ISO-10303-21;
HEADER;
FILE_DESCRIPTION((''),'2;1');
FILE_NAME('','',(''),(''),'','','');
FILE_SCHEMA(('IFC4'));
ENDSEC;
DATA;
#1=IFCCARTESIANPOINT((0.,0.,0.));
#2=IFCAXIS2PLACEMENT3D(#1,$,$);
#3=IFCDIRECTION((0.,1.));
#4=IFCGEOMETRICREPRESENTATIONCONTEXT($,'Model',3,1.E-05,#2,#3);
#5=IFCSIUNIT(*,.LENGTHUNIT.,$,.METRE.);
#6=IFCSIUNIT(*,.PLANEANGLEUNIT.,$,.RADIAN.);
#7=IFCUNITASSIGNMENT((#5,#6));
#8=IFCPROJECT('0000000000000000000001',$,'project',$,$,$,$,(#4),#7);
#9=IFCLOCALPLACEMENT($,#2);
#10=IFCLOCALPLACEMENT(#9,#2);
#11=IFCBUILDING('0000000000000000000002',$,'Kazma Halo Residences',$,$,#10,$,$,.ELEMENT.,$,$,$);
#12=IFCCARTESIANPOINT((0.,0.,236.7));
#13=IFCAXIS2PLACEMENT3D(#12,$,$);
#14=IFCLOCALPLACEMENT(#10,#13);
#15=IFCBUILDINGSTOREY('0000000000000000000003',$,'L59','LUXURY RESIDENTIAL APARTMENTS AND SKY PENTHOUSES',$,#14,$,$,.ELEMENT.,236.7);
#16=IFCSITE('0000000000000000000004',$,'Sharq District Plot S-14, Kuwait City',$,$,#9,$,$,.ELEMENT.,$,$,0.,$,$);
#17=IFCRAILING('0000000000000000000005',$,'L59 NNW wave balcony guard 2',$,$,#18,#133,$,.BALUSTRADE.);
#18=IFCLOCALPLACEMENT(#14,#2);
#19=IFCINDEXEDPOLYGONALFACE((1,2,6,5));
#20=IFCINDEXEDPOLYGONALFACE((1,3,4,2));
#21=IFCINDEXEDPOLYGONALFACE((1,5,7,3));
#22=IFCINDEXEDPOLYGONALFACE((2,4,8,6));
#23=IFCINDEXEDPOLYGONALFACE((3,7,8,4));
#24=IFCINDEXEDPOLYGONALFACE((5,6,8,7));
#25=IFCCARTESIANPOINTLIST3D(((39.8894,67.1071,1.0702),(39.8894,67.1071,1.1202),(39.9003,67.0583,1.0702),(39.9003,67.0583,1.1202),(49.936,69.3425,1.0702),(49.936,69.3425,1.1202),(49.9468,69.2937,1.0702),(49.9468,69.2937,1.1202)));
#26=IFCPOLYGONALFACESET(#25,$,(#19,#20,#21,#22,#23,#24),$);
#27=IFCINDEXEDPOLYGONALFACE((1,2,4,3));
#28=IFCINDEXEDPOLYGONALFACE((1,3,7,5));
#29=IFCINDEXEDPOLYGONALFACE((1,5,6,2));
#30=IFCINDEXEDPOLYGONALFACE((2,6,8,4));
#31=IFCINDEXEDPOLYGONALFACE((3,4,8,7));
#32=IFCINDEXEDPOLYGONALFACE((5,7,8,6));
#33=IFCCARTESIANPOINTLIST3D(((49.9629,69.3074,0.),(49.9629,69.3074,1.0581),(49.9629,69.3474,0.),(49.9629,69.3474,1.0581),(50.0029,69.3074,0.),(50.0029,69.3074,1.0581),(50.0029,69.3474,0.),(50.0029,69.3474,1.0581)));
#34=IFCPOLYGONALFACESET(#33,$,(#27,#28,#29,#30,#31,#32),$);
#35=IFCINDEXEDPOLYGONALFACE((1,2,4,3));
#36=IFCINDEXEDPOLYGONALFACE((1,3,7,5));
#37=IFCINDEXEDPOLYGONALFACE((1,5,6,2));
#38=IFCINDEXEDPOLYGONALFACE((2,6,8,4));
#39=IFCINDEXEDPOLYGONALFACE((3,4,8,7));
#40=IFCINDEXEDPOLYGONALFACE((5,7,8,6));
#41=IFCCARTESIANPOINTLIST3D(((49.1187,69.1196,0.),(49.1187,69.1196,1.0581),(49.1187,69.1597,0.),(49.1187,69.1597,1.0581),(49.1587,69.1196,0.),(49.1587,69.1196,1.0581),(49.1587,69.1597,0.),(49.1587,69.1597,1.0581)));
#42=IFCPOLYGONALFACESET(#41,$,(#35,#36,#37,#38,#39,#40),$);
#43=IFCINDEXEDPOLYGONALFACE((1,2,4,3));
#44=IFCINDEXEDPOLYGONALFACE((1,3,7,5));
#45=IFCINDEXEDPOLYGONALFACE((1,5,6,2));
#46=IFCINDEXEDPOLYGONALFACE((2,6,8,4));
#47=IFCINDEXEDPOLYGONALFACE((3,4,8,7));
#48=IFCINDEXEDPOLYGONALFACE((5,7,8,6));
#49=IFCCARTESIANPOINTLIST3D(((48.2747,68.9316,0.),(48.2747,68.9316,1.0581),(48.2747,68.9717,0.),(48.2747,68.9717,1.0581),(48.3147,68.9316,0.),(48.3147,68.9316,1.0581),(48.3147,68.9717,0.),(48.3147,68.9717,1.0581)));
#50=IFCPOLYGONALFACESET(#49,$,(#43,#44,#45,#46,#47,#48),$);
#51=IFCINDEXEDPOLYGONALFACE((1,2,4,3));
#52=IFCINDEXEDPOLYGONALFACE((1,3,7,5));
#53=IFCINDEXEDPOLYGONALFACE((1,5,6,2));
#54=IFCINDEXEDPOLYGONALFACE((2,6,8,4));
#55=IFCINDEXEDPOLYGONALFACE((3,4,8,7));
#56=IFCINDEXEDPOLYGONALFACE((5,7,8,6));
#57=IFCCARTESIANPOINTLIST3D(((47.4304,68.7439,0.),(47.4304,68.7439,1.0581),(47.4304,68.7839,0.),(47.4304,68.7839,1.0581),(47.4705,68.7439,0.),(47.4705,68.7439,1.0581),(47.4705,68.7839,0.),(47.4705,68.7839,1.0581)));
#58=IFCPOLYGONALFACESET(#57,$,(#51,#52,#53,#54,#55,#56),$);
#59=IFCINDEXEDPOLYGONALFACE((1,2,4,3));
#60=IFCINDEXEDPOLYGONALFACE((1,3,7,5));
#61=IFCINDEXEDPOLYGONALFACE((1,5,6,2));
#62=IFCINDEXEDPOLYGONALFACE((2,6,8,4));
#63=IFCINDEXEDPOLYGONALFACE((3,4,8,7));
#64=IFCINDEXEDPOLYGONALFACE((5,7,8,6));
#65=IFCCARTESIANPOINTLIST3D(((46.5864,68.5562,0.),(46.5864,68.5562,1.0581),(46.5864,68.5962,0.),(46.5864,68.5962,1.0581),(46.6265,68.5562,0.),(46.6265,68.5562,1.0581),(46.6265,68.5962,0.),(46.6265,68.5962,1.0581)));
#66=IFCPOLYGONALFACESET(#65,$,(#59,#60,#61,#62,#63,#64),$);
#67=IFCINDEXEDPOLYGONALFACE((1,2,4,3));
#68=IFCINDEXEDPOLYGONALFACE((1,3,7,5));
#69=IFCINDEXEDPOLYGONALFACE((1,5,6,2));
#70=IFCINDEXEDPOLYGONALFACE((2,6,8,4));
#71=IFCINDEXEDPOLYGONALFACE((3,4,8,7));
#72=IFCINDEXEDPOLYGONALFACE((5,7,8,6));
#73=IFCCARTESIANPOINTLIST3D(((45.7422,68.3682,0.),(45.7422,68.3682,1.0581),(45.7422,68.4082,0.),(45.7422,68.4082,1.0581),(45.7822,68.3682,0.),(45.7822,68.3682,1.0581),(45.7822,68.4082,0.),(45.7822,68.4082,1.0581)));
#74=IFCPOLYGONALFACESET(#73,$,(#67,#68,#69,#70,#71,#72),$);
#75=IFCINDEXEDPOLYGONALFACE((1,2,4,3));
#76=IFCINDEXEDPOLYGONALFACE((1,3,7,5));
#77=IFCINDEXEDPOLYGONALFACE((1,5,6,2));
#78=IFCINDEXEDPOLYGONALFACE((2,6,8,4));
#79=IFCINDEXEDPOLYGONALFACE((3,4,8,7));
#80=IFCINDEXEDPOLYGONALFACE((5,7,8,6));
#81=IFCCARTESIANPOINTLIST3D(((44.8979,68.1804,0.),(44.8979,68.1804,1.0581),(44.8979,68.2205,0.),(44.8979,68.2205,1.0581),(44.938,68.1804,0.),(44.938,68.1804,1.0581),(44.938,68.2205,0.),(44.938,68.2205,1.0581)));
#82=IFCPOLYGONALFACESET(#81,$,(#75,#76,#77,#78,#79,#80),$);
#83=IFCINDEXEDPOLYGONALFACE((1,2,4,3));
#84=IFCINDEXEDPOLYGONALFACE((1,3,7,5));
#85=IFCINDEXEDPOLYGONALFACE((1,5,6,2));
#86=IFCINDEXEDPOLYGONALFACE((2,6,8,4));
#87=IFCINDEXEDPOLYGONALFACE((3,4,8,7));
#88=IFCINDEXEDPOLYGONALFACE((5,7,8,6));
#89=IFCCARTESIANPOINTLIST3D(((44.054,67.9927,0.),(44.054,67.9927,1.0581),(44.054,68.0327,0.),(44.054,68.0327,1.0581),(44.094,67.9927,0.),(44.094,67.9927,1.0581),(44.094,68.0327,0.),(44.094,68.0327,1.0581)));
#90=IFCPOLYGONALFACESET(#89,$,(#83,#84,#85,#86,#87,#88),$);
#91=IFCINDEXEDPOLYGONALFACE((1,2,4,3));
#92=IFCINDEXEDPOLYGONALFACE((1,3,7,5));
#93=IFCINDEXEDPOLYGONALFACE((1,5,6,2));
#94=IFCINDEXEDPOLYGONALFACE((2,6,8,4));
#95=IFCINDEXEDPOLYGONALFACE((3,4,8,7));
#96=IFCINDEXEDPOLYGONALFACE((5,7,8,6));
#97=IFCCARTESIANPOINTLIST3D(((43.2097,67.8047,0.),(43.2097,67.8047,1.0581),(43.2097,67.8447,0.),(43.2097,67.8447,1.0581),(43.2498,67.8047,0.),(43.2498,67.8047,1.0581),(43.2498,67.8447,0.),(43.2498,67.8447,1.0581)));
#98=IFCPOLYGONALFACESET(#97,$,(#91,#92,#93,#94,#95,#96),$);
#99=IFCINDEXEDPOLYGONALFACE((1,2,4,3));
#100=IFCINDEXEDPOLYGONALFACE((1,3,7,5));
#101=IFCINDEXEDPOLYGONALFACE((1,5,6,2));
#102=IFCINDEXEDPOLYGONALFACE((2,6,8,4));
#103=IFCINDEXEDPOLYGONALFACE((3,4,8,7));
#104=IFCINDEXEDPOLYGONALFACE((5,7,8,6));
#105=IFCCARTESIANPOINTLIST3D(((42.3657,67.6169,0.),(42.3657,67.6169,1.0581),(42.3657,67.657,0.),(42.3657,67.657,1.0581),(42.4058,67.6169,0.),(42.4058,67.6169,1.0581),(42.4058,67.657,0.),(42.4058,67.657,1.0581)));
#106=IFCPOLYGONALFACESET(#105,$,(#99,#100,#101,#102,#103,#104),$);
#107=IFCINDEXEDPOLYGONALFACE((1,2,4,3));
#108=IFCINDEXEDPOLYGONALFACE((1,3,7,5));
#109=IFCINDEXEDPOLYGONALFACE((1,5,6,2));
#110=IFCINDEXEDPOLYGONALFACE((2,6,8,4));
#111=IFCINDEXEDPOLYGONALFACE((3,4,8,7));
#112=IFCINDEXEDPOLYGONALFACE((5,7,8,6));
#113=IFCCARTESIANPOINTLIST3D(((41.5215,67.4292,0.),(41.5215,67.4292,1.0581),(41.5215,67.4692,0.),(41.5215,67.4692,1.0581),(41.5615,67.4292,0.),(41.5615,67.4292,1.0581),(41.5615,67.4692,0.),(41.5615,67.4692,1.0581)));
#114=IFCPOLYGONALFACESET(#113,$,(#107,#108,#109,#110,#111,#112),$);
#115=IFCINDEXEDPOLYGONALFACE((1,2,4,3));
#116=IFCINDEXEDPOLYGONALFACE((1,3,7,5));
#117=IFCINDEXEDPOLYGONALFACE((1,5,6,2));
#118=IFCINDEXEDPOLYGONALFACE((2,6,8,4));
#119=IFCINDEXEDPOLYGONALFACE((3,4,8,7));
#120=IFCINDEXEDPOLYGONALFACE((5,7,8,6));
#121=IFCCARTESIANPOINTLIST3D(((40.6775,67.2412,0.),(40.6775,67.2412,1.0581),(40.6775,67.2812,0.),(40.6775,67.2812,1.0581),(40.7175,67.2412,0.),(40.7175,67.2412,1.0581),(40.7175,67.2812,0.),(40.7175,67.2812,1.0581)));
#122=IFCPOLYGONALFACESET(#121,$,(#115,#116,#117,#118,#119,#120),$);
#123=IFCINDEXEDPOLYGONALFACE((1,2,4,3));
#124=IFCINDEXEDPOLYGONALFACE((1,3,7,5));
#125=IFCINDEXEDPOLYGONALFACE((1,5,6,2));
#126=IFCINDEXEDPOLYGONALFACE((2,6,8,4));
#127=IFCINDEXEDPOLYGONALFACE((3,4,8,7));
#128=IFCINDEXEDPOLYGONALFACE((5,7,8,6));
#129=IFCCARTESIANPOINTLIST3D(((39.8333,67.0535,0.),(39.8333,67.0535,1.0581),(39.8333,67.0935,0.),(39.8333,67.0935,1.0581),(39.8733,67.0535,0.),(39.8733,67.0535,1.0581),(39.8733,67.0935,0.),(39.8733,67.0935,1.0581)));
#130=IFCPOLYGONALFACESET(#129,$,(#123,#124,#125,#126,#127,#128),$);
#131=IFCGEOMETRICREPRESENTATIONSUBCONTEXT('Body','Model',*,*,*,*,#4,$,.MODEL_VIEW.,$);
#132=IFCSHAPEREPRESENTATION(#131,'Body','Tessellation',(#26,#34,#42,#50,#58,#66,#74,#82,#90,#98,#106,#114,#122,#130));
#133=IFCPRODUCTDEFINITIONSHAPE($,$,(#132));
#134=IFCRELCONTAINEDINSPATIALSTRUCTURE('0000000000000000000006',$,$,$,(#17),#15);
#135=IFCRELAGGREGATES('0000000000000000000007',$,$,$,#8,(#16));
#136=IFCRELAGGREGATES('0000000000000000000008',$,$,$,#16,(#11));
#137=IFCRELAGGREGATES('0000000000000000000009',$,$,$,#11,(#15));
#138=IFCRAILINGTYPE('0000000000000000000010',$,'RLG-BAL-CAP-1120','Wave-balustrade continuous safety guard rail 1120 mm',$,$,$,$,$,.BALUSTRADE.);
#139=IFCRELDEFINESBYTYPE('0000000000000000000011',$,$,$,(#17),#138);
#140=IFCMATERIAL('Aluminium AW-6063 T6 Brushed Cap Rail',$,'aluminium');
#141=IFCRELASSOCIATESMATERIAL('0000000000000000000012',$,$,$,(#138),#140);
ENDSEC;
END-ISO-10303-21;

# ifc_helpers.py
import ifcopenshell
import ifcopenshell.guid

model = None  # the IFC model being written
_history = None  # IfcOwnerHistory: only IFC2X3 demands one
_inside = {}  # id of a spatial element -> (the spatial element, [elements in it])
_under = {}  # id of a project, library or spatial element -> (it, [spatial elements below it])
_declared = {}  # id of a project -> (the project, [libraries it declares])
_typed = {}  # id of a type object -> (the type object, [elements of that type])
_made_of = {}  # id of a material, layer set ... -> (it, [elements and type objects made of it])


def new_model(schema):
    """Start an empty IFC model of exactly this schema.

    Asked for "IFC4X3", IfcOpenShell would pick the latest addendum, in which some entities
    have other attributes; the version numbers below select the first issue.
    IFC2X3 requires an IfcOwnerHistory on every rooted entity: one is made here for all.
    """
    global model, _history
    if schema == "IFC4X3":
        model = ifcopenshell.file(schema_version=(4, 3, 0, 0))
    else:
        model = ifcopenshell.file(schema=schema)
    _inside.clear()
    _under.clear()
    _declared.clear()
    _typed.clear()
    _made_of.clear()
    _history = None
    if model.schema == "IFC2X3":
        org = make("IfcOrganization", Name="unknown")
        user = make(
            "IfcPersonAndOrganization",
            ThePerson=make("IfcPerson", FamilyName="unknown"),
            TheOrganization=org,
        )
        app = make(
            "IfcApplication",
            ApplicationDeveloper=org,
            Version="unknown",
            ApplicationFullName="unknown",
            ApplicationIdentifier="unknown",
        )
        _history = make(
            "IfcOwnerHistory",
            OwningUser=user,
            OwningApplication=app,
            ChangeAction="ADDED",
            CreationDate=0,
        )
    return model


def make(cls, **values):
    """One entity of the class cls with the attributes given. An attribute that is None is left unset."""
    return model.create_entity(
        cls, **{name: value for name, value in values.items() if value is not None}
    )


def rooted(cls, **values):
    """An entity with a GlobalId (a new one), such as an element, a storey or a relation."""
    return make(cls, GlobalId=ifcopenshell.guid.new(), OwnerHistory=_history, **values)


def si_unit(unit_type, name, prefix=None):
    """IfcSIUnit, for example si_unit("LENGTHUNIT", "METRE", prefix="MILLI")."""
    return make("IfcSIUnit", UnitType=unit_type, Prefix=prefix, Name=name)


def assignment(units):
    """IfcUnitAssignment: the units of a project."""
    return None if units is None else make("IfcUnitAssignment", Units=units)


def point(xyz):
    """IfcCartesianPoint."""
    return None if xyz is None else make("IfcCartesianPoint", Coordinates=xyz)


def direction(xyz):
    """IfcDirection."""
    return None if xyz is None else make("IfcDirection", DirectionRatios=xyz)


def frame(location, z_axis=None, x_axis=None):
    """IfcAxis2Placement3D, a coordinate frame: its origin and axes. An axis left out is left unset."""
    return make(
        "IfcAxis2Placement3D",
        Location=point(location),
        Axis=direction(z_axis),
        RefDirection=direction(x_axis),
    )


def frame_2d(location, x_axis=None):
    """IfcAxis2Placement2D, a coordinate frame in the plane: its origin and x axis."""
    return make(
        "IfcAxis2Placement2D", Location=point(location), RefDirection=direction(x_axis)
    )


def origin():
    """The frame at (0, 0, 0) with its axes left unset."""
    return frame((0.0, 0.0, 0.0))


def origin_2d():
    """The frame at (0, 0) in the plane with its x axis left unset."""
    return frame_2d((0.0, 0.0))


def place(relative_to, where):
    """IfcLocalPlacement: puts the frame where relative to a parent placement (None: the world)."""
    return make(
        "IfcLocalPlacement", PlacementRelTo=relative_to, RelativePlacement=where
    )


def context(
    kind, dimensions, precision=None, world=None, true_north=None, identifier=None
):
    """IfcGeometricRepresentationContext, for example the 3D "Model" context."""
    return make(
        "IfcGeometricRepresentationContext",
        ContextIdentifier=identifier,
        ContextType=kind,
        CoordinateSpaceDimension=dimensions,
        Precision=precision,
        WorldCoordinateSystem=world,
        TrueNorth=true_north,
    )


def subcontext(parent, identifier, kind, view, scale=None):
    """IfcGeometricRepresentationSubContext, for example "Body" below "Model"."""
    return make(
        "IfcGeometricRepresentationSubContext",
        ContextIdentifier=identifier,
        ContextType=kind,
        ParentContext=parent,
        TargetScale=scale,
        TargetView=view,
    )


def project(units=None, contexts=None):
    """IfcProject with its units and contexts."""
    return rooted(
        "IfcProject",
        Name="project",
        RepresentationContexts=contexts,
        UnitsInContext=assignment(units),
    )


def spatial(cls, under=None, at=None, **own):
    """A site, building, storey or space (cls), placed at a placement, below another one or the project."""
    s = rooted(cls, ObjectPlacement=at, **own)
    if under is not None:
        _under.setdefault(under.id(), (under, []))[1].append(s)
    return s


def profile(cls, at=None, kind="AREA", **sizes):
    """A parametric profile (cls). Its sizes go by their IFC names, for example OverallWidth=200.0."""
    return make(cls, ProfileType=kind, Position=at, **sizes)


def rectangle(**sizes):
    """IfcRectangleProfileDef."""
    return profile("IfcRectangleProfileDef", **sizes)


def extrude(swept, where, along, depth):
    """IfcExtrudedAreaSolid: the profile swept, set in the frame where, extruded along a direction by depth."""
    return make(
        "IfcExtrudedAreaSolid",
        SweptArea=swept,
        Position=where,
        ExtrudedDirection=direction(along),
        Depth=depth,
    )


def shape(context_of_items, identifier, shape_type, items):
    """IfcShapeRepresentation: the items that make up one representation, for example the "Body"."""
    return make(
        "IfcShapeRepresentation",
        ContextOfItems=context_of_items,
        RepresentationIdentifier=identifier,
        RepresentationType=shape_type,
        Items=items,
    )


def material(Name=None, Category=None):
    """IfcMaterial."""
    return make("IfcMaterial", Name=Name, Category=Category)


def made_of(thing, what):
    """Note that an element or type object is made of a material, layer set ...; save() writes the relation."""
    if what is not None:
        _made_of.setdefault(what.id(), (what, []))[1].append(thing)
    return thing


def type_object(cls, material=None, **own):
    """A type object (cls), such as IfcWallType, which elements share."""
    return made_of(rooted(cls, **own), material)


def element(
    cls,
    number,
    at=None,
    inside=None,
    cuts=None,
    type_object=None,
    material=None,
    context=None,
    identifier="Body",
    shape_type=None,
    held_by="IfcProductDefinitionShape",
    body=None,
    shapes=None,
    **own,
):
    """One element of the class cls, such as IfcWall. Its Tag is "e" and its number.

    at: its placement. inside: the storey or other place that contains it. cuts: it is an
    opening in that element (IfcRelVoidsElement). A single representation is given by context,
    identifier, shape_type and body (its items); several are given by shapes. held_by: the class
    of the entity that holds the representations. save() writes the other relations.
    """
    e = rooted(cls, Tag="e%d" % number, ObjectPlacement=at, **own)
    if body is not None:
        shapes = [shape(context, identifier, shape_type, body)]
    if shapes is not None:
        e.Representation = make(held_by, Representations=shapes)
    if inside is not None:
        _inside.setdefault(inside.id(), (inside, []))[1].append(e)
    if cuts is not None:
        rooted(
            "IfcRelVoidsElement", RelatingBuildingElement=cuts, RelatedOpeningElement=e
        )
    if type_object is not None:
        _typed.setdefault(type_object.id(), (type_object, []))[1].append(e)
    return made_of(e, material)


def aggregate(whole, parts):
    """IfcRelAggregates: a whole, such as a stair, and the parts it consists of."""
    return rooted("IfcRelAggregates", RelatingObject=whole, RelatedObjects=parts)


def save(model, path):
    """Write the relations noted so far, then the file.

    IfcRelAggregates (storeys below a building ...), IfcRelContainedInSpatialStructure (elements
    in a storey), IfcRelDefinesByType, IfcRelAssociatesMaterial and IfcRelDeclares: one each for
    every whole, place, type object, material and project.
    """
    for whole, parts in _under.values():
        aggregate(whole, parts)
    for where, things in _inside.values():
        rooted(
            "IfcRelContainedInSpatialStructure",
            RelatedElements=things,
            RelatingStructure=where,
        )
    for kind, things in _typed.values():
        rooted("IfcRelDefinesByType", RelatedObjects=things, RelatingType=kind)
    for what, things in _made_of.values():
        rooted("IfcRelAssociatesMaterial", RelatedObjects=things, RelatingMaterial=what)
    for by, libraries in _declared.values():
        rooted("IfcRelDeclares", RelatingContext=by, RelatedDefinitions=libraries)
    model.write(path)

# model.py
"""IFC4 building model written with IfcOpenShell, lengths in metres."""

from ifc_helpers import new_model, si_unit, direction, frame, origin, origin_2d, place, context, subcontext, project, spatial, rectangle, extrude, material, type_object, element, save


model = new_model("IFC4")

# Units and contexts
model_context = context("Model", 3, precision=1e-05, world=origin(), true_north=direction((0.0, 1.0)))
body_context = subcontext(model_context, "Body", "Model", "MODEL_VIEW")
ifc_project = project(units=[si_unit("LENGTHUNIT", "METRE"), si_unit("PLANEANGLEUNIT", "RADIAN")], contexts=[model_context])

# Site, building, storey
site_placement = place(None, origin())
site = spatial("IfcSite", under=ifc_project, at=site_placement, Name="Sharq District Plot S-14, Kuwait City", CompositionType="ELEMENT", RefElevation=0.0)
building_placement = place(site_placement, origin())
building = spatial("IfcBuilding", under=site, at=building_placement, Name="Kazma Halo Residences", CompositionType="ELEMENT")
storey_placement = place(building_placement, frame((0.0, 0.0, 236.7)))
storey = spatial("IfcBuildingStorey", under=building, at=storey_placement, Name="L59", Description="LUXURY RESIDENTIAL APARTMENTS AND SKY PENTHOUSES", CompositionType="ELEMENT", Elevation=236.7)

# Railing
ifc_material_1 = material(Name="Aluminium AW-6063 T6 Brushed Cap Rail", Category="aluminium")
railing_type = type_object("IfcRailingType", Name="RLG-BAL-CAP-1120", Description="Wave-balustrade continuous safety guard rail 1120 mm", PredefinedType="BALUSTRADE", material=ifc_material_1)
railing_1_placement = place(storey_placement, frame((49.9829, 69.3274, 0.0)))
element("IfcRailing", 1, at=railing_1_placement, inside=storey, type_object=railing_type, Name="L59 NNW wave balcony guard 2", PredefinedType="BALUSTRADE", context=body_context, shape_type="SweptSolid", body=[
    extrude(rectangle(XDim=0.05, YDim=0.05, at=origin_2d()), frame((-0.0415, -0.0093, 1.0952), z_axis=(-0.976128, -0.217194, 0.0), x_axis=(0.217194, -0.976128, 0.0)), (0.0, 0.0, 1.0), 10.2922),
    extrude(rectangle(XDim=0.04, YDim=0.04, at=origin_2d()), origin(), (0.0, 0.0, 1.0), 1.0581),
    extrude(rectangle(XDim=0.04, YDim=0.04, at=origin_2d()), frame((-0.8442, -0.1877, 0.0)), (0.0, 0.0, 1.0), 1.0581),
    extrude(rectangle(XDim=0.04, YDim=0.04, at=origin_2d()), frame((-1.6882, -0.3757, 0.0)), (0.0, 0.0, 1.0), 1.0581),
    extrude(rectangle(XDim=0.04, YDim=0.04, at=origin_2d()), frame((-2.5325, -0.5635, 0.0)), (0.0, 0.0, 1.0), 1.0581),
    extrude(rectangle(XDim=0.04, YDim=0.04, at=origin_2d()), frame((-3.3765, -0.7512, 0.0)), (0.0, 0.0, 1.0), 1.0581),
    extrude(rectangle(XDim=0.04, YDim=0.04, at=origin_2d()), frame((-4.2207, -0.9392, 0.0)), (0.0, 0.0, 1.0), 1.0581),
    extrude(rectangle(XDim=0.04, YDim=0.04, at=origin_2d()), frame((-5.0649, -1.127, 0.0)), (0.0, 0.0, 1.0), 1.0581),
    extrude(rectangle(XDim=0.04, YDim=0.04, at=origin_2d()), frame((-5.9089, -1.3147, 0.0)), (0.0, 0.0, 1.0), 1.0581),
    extrude(rectangle(XDim=0.04, YDim=0.04, at=origin_2d()), frame((-6.7532, -1.5027, 0.0)), (0.0, 0.0, 1.0), 1.0581),
    extrude(rectangle(XDim=0.04, YDim=0.04, at=origin_2d()), frame((-7.5972, -1.6904, 0.0)), (0.0, 0.0, 1.0), 1.0581),
    extrude(rectangle(XDim=0.04, YDim=0.04, at=origin_2d()), frame((-8.4414, -1.8782, 0.0)), (0.0, 0.0, 1.0), 1.0581),
    extrude(rectangle(XDim=0.04, YDim=0.04, at=origin_2d()), frame((-9.2854, -2.0662, 0.0)), (0.0, 0.0, 1.0), 1.0581),
    extrude(rectangle(XDim=0.04, YDim=0.04, at=origin_2d()), frame((-10.1296, -2.2539, 0.0)), (0.0, 0.0, 1.0), 1.0581),
])

save(model, "model.ifc")
